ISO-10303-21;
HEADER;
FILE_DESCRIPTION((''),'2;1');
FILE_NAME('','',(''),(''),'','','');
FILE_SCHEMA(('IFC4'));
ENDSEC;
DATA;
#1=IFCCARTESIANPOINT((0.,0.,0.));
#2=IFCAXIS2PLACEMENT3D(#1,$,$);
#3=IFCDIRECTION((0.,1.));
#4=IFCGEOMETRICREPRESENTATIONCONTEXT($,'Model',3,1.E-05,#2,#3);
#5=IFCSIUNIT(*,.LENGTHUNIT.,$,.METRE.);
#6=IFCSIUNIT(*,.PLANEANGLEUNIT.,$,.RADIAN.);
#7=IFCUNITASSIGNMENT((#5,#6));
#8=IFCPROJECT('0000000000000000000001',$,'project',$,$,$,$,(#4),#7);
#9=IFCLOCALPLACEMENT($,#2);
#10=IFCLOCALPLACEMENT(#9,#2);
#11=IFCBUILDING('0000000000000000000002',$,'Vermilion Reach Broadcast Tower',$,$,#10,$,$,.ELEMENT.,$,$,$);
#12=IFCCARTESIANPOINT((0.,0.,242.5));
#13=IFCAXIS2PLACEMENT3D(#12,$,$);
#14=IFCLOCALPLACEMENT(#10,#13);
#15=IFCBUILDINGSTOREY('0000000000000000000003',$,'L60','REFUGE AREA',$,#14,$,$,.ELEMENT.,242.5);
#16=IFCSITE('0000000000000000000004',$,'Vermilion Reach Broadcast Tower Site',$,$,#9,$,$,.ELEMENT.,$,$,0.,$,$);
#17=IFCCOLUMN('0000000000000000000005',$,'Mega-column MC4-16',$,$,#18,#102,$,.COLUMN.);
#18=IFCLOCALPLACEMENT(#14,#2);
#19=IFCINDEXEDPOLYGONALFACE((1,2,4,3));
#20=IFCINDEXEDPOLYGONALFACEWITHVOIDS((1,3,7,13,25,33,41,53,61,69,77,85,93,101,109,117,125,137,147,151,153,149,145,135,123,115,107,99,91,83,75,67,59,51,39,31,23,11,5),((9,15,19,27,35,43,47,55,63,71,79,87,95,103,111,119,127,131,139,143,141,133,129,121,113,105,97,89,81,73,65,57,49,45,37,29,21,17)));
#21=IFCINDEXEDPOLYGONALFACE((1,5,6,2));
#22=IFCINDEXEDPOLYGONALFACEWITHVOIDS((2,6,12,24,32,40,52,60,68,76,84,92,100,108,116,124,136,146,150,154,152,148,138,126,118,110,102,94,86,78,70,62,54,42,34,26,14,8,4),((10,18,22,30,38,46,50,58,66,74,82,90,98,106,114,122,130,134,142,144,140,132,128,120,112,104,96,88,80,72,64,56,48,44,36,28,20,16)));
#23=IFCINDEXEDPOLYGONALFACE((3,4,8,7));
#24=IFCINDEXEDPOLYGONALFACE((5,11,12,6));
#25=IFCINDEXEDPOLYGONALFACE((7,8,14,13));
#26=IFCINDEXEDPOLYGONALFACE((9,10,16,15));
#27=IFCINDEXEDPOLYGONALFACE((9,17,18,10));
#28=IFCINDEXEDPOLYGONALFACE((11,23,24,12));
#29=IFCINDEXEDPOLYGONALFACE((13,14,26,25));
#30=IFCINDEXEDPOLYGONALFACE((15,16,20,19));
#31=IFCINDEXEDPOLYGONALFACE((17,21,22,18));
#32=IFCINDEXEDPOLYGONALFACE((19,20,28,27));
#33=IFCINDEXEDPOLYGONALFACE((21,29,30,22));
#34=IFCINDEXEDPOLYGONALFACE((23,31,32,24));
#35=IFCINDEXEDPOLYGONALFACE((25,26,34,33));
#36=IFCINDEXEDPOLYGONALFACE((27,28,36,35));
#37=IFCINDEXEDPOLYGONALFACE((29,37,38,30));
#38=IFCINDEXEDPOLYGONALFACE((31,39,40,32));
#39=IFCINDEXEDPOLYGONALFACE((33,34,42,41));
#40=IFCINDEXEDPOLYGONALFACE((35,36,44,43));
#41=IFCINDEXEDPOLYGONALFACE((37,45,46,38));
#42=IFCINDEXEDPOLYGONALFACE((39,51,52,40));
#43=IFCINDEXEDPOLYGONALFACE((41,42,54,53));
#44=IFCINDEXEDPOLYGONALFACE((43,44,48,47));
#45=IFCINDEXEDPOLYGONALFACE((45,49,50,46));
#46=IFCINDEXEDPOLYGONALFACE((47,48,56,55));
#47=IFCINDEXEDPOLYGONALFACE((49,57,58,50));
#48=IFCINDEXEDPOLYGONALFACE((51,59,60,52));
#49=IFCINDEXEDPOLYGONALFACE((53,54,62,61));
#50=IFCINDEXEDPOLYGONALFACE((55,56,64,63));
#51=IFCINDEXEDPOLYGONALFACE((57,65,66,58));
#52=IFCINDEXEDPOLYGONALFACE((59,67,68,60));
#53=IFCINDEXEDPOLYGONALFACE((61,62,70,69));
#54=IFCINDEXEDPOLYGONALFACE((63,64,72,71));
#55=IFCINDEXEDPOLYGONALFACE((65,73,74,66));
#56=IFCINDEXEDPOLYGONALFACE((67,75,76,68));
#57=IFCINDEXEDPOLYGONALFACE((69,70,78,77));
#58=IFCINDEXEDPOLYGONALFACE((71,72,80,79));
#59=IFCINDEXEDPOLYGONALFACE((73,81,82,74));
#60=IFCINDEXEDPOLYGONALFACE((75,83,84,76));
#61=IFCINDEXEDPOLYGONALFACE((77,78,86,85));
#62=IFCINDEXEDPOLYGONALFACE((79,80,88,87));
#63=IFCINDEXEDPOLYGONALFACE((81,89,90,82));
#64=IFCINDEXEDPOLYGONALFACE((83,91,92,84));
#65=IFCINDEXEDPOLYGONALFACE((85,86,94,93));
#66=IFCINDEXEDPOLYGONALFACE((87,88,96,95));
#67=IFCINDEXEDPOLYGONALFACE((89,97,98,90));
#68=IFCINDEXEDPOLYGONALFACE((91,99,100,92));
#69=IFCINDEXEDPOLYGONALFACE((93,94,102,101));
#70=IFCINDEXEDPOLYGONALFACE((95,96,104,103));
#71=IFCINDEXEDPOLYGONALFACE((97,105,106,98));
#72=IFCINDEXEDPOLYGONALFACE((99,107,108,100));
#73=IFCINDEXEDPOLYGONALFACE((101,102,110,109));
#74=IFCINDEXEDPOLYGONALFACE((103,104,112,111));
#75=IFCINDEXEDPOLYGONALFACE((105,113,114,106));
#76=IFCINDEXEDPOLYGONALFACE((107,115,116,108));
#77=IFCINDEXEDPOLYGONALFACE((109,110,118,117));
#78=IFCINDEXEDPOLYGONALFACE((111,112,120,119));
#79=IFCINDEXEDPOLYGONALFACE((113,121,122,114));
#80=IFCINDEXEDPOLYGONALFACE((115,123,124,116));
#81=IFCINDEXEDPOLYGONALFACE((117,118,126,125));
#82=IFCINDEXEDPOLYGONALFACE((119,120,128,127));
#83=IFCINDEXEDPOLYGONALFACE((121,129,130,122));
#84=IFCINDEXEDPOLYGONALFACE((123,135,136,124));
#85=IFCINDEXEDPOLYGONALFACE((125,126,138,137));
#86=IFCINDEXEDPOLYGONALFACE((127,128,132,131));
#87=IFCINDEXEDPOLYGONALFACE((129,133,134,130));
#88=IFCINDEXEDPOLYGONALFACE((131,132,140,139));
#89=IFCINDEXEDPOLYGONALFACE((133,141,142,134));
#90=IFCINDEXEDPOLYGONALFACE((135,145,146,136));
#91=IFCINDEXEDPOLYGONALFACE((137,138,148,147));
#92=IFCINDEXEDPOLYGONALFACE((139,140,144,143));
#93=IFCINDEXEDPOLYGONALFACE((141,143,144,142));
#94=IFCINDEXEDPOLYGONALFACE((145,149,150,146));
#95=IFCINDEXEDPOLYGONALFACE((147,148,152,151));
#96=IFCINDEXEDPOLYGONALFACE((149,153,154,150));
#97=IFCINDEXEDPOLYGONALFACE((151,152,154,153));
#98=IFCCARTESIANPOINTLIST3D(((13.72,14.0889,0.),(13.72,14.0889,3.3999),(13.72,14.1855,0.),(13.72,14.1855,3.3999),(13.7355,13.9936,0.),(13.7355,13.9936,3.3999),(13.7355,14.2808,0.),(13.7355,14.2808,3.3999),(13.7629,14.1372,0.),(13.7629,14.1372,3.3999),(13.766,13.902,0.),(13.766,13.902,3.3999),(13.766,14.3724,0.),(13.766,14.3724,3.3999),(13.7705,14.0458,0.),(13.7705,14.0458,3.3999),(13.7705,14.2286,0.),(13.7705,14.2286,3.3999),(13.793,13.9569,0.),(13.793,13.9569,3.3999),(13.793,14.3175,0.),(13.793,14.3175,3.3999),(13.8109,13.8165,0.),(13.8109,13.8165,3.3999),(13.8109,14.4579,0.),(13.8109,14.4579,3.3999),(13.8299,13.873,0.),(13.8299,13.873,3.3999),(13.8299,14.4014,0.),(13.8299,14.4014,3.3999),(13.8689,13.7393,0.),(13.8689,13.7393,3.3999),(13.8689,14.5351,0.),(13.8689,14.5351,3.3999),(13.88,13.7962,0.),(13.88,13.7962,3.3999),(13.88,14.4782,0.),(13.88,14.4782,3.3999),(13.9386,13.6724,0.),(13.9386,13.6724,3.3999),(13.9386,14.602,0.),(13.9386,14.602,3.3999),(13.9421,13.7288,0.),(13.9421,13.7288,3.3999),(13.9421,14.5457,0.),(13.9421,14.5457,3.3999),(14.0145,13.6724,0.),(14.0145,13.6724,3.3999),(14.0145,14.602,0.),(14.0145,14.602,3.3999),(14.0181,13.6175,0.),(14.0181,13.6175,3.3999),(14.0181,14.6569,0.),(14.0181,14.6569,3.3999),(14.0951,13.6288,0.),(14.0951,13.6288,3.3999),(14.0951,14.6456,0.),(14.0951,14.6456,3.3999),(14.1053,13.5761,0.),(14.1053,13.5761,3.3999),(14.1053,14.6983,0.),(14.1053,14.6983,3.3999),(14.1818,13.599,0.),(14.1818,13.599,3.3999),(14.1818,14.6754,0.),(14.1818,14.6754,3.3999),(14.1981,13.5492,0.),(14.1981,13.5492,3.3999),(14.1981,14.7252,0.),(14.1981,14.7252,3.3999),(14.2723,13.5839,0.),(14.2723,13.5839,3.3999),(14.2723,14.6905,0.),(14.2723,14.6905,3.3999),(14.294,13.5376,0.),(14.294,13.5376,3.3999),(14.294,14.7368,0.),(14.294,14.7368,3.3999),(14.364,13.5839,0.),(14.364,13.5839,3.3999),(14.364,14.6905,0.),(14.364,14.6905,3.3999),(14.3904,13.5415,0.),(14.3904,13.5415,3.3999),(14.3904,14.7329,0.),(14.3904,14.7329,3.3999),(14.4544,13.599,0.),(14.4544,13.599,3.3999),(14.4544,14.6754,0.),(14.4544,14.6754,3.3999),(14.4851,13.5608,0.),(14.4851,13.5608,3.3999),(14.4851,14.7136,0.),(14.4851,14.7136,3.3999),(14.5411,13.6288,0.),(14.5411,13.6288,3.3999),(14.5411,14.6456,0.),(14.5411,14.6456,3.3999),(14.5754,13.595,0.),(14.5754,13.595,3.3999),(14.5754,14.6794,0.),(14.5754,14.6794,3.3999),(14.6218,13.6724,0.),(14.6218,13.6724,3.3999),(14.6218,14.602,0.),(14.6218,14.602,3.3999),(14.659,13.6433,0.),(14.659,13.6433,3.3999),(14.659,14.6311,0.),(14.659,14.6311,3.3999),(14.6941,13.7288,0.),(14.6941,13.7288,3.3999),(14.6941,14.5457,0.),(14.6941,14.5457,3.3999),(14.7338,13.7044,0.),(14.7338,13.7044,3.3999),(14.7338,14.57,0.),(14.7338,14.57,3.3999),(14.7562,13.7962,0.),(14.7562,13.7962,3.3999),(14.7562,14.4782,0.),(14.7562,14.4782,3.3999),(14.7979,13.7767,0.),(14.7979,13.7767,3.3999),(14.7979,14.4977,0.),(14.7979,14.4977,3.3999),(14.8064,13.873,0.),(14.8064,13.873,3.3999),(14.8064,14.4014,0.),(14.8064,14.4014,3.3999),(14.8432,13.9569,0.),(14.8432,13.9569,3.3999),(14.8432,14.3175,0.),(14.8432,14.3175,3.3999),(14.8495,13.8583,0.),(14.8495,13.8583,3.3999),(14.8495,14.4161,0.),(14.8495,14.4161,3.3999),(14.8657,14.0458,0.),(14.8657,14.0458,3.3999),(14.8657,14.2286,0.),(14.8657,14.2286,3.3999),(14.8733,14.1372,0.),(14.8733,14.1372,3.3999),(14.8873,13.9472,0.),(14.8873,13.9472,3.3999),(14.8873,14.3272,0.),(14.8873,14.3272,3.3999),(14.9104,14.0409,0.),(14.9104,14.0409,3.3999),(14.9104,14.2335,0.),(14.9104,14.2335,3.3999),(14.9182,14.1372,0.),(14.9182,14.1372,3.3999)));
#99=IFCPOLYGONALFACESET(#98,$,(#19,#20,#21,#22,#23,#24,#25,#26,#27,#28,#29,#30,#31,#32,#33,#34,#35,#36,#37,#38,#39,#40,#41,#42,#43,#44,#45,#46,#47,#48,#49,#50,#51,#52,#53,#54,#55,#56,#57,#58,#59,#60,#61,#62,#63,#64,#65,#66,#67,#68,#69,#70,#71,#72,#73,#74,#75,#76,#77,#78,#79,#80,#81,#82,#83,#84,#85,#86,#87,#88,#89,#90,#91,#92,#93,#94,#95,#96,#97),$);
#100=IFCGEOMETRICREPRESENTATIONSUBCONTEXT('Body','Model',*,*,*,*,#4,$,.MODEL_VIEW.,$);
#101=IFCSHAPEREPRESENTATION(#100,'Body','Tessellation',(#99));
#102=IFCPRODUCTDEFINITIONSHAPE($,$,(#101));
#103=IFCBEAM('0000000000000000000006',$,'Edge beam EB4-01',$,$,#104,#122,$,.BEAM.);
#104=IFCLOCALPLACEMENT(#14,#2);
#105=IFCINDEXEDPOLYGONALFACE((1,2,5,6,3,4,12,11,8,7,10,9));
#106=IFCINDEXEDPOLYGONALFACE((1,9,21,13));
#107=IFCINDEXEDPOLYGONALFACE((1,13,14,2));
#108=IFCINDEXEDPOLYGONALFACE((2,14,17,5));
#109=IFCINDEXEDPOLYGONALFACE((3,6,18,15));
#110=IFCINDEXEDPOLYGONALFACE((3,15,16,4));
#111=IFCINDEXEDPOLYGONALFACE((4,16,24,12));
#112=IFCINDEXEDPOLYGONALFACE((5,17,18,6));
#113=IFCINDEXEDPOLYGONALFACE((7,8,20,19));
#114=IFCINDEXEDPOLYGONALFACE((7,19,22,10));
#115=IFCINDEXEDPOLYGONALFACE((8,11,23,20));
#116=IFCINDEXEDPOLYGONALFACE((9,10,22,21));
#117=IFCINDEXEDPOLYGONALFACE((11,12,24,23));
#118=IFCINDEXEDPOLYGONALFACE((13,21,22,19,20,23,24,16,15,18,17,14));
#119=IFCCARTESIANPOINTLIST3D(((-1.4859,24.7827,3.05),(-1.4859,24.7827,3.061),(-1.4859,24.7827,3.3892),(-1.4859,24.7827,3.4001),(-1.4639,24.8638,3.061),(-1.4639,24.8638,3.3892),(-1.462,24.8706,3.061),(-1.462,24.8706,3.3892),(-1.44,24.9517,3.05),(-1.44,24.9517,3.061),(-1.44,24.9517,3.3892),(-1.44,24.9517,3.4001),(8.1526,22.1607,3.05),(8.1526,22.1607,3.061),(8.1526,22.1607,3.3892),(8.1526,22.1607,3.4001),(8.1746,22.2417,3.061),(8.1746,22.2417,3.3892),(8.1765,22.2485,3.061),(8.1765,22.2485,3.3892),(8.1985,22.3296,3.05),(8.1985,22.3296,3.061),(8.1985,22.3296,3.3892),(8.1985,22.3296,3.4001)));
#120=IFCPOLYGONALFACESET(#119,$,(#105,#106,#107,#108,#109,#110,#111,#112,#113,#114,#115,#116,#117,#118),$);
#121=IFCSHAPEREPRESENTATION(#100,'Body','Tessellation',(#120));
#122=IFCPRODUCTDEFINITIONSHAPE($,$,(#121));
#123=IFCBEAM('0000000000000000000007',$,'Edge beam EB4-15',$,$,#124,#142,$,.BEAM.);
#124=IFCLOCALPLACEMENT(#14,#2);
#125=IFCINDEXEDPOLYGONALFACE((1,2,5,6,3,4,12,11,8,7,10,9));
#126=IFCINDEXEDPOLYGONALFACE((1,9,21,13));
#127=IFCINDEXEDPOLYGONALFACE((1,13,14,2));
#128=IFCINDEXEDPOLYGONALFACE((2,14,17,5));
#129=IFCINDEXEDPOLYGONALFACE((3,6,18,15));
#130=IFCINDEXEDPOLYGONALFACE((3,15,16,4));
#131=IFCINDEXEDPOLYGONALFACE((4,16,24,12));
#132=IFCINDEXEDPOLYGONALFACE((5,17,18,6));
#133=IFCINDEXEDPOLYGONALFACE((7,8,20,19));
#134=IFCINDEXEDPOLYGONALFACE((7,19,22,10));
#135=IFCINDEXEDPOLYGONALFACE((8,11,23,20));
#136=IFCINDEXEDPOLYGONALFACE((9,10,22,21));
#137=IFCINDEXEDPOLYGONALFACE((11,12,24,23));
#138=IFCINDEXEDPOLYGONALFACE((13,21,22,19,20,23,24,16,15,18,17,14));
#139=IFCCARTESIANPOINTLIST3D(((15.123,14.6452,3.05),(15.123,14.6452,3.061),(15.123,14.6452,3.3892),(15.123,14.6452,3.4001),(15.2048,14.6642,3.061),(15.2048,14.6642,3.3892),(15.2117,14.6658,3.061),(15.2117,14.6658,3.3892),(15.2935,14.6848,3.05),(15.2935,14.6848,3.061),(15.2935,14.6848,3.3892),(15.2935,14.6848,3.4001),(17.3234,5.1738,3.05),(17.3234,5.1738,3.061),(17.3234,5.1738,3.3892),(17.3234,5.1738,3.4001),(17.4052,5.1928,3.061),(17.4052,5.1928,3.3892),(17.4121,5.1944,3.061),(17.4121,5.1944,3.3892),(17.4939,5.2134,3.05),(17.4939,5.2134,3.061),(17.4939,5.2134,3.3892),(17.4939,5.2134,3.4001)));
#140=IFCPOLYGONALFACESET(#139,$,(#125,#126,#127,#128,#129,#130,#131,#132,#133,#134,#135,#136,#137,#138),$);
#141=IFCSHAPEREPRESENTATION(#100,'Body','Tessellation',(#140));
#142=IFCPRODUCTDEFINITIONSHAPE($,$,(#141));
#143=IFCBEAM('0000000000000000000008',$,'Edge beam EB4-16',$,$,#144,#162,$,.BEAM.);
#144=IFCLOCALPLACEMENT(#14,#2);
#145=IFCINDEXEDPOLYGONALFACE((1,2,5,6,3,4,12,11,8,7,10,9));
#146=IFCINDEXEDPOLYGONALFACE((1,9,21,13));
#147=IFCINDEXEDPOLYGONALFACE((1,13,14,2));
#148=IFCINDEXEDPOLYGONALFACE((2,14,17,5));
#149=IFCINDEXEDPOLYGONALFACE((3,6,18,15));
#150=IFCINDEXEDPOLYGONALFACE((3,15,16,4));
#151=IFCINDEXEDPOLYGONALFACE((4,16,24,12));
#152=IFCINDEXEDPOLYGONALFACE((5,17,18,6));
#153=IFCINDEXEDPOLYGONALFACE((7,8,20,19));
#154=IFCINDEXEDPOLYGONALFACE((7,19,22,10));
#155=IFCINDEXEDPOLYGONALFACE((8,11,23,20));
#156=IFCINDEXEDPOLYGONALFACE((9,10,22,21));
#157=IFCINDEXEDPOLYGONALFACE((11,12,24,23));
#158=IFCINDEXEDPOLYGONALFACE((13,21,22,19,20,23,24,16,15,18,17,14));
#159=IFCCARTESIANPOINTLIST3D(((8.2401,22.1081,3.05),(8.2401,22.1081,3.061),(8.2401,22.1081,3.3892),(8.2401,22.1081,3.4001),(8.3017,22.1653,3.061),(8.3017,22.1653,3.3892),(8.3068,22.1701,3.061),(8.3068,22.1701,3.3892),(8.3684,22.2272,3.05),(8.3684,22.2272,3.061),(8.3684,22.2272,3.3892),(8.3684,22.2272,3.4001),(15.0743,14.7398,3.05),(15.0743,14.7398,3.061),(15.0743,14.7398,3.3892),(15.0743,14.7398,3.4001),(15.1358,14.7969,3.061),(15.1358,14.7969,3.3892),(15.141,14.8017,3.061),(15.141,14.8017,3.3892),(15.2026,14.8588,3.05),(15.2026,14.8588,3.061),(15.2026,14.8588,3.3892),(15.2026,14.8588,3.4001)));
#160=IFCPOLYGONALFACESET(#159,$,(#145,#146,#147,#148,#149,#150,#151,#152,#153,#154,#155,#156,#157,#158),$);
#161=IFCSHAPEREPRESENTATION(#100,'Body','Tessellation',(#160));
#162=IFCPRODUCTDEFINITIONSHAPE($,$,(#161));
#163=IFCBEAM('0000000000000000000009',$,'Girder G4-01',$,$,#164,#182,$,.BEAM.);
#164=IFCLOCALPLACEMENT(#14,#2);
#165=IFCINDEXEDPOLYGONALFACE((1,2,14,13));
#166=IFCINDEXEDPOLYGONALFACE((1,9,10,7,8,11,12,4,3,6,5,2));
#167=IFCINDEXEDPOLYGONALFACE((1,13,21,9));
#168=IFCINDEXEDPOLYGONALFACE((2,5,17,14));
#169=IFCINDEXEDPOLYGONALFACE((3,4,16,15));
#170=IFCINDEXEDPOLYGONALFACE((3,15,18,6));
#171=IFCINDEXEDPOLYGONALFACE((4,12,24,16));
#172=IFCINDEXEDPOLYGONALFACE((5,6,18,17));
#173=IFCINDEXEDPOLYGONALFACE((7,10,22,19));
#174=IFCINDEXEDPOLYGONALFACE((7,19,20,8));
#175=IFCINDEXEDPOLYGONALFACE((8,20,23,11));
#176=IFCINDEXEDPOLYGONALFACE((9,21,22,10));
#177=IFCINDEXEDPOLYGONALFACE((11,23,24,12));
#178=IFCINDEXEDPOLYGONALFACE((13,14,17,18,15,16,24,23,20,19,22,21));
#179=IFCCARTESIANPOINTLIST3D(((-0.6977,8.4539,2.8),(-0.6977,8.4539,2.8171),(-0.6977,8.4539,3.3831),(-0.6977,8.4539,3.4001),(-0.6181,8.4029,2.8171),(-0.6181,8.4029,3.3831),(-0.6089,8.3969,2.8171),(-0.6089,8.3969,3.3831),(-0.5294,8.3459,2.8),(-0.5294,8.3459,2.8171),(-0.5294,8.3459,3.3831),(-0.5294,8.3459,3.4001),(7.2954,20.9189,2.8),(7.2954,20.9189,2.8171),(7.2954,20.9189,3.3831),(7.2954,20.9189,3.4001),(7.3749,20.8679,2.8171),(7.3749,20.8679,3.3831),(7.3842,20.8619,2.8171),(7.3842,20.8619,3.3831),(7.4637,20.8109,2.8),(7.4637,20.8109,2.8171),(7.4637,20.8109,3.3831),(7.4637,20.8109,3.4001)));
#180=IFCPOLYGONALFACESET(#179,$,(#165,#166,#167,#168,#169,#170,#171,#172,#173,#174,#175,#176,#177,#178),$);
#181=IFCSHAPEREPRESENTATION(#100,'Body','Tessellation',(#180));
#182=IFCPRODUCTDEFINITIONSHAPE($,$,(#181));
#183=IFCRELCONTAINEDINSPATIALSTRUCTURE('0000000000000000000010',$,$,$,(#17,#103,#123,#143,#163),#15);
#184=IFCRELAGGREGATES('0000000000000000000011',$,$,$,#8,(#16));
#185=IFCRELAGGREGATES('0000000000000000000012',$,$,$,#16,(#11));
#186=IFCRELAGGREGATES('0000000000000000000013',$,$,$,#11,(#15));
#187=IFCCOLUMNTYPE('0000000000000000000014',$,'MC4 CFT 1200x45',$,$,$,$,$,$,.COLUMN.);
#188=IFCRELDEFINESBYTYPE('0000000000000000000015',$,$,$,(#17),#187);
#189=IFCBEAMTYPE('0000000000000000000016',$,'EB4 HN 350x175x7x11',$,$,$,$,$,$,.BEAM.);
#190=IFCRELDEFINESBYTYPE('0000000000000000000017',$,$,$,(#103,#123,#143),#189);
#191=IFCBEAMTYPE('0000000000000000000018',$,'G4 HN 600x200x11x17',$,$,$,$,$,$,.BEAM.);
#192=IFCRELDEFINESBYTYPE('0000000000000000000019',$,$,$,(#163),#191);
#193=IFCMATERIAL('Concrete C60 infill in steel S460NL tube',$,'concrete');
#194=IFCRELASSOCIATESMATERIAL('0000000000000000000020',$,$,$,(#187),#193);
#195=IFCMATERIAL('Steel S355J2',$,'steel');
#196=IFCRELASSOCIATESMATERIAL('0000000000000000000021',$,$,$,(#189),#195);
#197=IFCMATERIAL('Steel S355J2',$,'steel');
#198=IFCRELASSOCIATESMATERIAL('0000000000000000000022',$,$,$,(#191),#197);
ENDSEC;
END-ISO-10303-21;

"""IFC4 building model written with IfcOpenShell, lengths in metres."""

from ifc_helpers import new_model, si_unit, direction, frame, origin, origin_2d, place, context, subcontext, project, spatial, hollow_circle, i_section, extrude, material, material_profile, profile_set, type_object, element, save


model = new_model("IFC4")

# Units and contexts
model_context = context("Model", 3, precision=1e-05, world=origin(), true_north=direction((0.0, 1.0)))
body_context = subcontext(model_context, "Body", "Model", "MODEL_VIEW")
ifc_project = project(units=[si_unit("LENGTHUNIT", "METRE"), si_unit("PLANEANGLEUNIT", "RADIAN")], contexts=[model_context])

# Site, building, storey
site_placement = place(None, origin())
site = spatial("IfcSite", under=ifc_project, at=site_placement, Name="Vermilion Reach Broadcast Tower Site", CompositionType="ELEMENT", RefElevation=0.0)
building_placement = place(site_placement, origin())
building = spatial("IfcBuilding", under=site, at=building_placement, Name="Vermilion Reach Broadcast Tower", CompositionType="ELEMENT")
storey_placement = place(building_placement, frame((0.0, 0.0, 242.5)))
storey = spatial("IfcBuildingStorey", under=building, at=storey_placement, Name="L60", Description="REFUGE AREA", CompositionType="ELEMENT", Elevation=242.5)

# Column
ifc_material_1 = material(Name="Concrete C60 infill in steel S460NL tube", Category="concrete")
ifc_material_profile_1 = material_profile(ifc_material_1, hollow_circle(Radius=0.6001, WallThickness=0.0449, at=origin_2d()), Name="Concrete C60 infill in steel S460NL tube CFT 1200x45")
ifc_profile_set_1 = profile_set([ifc_material_profile_1], Name="Concrete C60 infill in steel S460NL tube")
column_type = type_object("IfcColumnType", Name="MC4 CFT 1200x45", PredefinedType="COLUMN", material=ifc_profile_set_1)
for number, where, z_axis, x_axis, name in (
    (1, (14.3181, 14.1372, 0.0), (0.0, 0.0, 1.0), (1.0, 0.0, 0.0), "Mega-column MC4-16"),
):
    element("IfcColumn", number, at=place(storey_placement, frame(where, z_axis=z_axis, x_axis=x_axis)), inside=storey, type_object=column_type, Name=name, PredefinedType="COLUMN", context=body_context, shape_type="SweptSolid", body=[
        extrude(hollow_circle(Radius=0.6001, WallThickness=0.0449, at=origin_2d()), origin(), (0.0, 0.0, 1.0), 3.3999),
    ])

# Beams
ifc_material_2 = material(Name="Steel S355J2", Category="steel")
ifc_material_profile_2 = material_profile(ifc_material_2, i_section(OverallWidth=0.175, OverallDepth=0.3501, WebThickness=0.0071, FlangeThickness=0.011, at=origin_2d()), Name="S355J2 HN 350x175x7x11")
ifc_profile_set_2 = profile_set([ifc_material_profile_2], Name="Steel S355J2")
beam_type_1 = type_object("IfcBeamType", Name="EB4 HN 350x175x7x11", PredefinedType="BEAM", material=ifc_profile_set_2)
beam_1_placement = place(storey_placement, frame((8.1755, 22.2451, 3.2251), z_axis=(-0.964931, 0.262503, 0.0), x_axis=(-0.262503, -0.964931, 0.0)))
element("IfcBeam", 2, at=beam_1_placement, inside=storey, type_object=beam_type_1, Name="Edge beam EB4-01", PredefinedType="BEAM", context=body_context, shape_type="SweptSolid", body=[
    extrude(i_section(OverallWidth=0.175, OverallDepth=0.3501, WebThickness=0.0071, FlangeThickness=0.011, at=origin_2d()), origin(), (0.0, 0.0, 1.0), 9.9888),
])
beam_2_placement = place(storey_placement, frame((17.4087, 5.1936, 3.2251), z_axis=(-0.226297, 0.974058, 0.0), x_axis=(-0.974058, -0.226297, 0.0)))
element("IfcBeam", 3, at=beam_2_placement, inside=storey, type_object=beam_type_1, Name="Edge beam EB4-15", PredefinedType="BEAM", context=body_context, shape_type="SweptSolid", body=[
    extrude(i_section(OverallWidth=0.175, OverallDepth=0.3501, WebThickness=0.0071, FlangeThickness=0.011, at=origin_2d()), origin(), (0.0, 0.0, 1.0), 9.7236),
])
beam_3_placement = place(storey_placement, frame((15.1384, 14.7993, 3.2251), z_axis=(-0.680031, 0.733184, 0.0), x_axis=(-0.733184, -0.680031, 0.0)))
element("IfcBeam", 4, at=beam_3_placement, inside=storey, type_object=beam_type_1, Name="Edge beam EB4-16", PredefinedType="BEAM", context=body_context, shape_type="SweptSolid", body=[
    extrude(i_section(OverallWidth=0.175, OverallDepth=0.3501, WebThickness=0.0071, FlangeThickness=0.011, at=origin_2d()), origin(), (0.0, 0.0, 1.0), 10.0498),
])
ifc_material_3 = material(Name="Steel S355J2", Category="steel")
ifc_material_profile_3 = material_profile(ifc_material_3, i_section(OverallWidth=0.2, OverallDepth=0.6001, WebThickness=0.011, FlangeThickness=0.0171, at=origin_2d()), Name="S355J2 HN 600x200x11x17")
ifc_profile_set_3 = profile_set([ifc_material_profile_3], Name="Steel S355J2")
beam_type_2 = type_object("IfcBeamType", Name="G4 HN 600x200x11x17", PredefinedType="BEAM", material=ifc_profile_set_3)
beam_4_placement = place(storey_placement, frame((-0.6135, 8.3999, 3.1001), z_axis=(0.539796, 0.841796, 0.0), x_axis=(-0.841796, 0.539796, 0.0)))
element("IfcBeam", 5, at=beam_4_placement, inside=storey, type_object=beam_type_2, Name="Girder G4-01", PredefinedType="BEAM", context=body_context, shape_type="SweptSolid", body=[
    extrude(i_section(OverallWidth=0.2, OverallDepth=0.6001, WebThickness=0.011, FlangeThickness=0.0171, at=origin_2d()), origin(), (0.0, 0.0, 1.0), 14.8076),
])

save(model, "model.ifc")
